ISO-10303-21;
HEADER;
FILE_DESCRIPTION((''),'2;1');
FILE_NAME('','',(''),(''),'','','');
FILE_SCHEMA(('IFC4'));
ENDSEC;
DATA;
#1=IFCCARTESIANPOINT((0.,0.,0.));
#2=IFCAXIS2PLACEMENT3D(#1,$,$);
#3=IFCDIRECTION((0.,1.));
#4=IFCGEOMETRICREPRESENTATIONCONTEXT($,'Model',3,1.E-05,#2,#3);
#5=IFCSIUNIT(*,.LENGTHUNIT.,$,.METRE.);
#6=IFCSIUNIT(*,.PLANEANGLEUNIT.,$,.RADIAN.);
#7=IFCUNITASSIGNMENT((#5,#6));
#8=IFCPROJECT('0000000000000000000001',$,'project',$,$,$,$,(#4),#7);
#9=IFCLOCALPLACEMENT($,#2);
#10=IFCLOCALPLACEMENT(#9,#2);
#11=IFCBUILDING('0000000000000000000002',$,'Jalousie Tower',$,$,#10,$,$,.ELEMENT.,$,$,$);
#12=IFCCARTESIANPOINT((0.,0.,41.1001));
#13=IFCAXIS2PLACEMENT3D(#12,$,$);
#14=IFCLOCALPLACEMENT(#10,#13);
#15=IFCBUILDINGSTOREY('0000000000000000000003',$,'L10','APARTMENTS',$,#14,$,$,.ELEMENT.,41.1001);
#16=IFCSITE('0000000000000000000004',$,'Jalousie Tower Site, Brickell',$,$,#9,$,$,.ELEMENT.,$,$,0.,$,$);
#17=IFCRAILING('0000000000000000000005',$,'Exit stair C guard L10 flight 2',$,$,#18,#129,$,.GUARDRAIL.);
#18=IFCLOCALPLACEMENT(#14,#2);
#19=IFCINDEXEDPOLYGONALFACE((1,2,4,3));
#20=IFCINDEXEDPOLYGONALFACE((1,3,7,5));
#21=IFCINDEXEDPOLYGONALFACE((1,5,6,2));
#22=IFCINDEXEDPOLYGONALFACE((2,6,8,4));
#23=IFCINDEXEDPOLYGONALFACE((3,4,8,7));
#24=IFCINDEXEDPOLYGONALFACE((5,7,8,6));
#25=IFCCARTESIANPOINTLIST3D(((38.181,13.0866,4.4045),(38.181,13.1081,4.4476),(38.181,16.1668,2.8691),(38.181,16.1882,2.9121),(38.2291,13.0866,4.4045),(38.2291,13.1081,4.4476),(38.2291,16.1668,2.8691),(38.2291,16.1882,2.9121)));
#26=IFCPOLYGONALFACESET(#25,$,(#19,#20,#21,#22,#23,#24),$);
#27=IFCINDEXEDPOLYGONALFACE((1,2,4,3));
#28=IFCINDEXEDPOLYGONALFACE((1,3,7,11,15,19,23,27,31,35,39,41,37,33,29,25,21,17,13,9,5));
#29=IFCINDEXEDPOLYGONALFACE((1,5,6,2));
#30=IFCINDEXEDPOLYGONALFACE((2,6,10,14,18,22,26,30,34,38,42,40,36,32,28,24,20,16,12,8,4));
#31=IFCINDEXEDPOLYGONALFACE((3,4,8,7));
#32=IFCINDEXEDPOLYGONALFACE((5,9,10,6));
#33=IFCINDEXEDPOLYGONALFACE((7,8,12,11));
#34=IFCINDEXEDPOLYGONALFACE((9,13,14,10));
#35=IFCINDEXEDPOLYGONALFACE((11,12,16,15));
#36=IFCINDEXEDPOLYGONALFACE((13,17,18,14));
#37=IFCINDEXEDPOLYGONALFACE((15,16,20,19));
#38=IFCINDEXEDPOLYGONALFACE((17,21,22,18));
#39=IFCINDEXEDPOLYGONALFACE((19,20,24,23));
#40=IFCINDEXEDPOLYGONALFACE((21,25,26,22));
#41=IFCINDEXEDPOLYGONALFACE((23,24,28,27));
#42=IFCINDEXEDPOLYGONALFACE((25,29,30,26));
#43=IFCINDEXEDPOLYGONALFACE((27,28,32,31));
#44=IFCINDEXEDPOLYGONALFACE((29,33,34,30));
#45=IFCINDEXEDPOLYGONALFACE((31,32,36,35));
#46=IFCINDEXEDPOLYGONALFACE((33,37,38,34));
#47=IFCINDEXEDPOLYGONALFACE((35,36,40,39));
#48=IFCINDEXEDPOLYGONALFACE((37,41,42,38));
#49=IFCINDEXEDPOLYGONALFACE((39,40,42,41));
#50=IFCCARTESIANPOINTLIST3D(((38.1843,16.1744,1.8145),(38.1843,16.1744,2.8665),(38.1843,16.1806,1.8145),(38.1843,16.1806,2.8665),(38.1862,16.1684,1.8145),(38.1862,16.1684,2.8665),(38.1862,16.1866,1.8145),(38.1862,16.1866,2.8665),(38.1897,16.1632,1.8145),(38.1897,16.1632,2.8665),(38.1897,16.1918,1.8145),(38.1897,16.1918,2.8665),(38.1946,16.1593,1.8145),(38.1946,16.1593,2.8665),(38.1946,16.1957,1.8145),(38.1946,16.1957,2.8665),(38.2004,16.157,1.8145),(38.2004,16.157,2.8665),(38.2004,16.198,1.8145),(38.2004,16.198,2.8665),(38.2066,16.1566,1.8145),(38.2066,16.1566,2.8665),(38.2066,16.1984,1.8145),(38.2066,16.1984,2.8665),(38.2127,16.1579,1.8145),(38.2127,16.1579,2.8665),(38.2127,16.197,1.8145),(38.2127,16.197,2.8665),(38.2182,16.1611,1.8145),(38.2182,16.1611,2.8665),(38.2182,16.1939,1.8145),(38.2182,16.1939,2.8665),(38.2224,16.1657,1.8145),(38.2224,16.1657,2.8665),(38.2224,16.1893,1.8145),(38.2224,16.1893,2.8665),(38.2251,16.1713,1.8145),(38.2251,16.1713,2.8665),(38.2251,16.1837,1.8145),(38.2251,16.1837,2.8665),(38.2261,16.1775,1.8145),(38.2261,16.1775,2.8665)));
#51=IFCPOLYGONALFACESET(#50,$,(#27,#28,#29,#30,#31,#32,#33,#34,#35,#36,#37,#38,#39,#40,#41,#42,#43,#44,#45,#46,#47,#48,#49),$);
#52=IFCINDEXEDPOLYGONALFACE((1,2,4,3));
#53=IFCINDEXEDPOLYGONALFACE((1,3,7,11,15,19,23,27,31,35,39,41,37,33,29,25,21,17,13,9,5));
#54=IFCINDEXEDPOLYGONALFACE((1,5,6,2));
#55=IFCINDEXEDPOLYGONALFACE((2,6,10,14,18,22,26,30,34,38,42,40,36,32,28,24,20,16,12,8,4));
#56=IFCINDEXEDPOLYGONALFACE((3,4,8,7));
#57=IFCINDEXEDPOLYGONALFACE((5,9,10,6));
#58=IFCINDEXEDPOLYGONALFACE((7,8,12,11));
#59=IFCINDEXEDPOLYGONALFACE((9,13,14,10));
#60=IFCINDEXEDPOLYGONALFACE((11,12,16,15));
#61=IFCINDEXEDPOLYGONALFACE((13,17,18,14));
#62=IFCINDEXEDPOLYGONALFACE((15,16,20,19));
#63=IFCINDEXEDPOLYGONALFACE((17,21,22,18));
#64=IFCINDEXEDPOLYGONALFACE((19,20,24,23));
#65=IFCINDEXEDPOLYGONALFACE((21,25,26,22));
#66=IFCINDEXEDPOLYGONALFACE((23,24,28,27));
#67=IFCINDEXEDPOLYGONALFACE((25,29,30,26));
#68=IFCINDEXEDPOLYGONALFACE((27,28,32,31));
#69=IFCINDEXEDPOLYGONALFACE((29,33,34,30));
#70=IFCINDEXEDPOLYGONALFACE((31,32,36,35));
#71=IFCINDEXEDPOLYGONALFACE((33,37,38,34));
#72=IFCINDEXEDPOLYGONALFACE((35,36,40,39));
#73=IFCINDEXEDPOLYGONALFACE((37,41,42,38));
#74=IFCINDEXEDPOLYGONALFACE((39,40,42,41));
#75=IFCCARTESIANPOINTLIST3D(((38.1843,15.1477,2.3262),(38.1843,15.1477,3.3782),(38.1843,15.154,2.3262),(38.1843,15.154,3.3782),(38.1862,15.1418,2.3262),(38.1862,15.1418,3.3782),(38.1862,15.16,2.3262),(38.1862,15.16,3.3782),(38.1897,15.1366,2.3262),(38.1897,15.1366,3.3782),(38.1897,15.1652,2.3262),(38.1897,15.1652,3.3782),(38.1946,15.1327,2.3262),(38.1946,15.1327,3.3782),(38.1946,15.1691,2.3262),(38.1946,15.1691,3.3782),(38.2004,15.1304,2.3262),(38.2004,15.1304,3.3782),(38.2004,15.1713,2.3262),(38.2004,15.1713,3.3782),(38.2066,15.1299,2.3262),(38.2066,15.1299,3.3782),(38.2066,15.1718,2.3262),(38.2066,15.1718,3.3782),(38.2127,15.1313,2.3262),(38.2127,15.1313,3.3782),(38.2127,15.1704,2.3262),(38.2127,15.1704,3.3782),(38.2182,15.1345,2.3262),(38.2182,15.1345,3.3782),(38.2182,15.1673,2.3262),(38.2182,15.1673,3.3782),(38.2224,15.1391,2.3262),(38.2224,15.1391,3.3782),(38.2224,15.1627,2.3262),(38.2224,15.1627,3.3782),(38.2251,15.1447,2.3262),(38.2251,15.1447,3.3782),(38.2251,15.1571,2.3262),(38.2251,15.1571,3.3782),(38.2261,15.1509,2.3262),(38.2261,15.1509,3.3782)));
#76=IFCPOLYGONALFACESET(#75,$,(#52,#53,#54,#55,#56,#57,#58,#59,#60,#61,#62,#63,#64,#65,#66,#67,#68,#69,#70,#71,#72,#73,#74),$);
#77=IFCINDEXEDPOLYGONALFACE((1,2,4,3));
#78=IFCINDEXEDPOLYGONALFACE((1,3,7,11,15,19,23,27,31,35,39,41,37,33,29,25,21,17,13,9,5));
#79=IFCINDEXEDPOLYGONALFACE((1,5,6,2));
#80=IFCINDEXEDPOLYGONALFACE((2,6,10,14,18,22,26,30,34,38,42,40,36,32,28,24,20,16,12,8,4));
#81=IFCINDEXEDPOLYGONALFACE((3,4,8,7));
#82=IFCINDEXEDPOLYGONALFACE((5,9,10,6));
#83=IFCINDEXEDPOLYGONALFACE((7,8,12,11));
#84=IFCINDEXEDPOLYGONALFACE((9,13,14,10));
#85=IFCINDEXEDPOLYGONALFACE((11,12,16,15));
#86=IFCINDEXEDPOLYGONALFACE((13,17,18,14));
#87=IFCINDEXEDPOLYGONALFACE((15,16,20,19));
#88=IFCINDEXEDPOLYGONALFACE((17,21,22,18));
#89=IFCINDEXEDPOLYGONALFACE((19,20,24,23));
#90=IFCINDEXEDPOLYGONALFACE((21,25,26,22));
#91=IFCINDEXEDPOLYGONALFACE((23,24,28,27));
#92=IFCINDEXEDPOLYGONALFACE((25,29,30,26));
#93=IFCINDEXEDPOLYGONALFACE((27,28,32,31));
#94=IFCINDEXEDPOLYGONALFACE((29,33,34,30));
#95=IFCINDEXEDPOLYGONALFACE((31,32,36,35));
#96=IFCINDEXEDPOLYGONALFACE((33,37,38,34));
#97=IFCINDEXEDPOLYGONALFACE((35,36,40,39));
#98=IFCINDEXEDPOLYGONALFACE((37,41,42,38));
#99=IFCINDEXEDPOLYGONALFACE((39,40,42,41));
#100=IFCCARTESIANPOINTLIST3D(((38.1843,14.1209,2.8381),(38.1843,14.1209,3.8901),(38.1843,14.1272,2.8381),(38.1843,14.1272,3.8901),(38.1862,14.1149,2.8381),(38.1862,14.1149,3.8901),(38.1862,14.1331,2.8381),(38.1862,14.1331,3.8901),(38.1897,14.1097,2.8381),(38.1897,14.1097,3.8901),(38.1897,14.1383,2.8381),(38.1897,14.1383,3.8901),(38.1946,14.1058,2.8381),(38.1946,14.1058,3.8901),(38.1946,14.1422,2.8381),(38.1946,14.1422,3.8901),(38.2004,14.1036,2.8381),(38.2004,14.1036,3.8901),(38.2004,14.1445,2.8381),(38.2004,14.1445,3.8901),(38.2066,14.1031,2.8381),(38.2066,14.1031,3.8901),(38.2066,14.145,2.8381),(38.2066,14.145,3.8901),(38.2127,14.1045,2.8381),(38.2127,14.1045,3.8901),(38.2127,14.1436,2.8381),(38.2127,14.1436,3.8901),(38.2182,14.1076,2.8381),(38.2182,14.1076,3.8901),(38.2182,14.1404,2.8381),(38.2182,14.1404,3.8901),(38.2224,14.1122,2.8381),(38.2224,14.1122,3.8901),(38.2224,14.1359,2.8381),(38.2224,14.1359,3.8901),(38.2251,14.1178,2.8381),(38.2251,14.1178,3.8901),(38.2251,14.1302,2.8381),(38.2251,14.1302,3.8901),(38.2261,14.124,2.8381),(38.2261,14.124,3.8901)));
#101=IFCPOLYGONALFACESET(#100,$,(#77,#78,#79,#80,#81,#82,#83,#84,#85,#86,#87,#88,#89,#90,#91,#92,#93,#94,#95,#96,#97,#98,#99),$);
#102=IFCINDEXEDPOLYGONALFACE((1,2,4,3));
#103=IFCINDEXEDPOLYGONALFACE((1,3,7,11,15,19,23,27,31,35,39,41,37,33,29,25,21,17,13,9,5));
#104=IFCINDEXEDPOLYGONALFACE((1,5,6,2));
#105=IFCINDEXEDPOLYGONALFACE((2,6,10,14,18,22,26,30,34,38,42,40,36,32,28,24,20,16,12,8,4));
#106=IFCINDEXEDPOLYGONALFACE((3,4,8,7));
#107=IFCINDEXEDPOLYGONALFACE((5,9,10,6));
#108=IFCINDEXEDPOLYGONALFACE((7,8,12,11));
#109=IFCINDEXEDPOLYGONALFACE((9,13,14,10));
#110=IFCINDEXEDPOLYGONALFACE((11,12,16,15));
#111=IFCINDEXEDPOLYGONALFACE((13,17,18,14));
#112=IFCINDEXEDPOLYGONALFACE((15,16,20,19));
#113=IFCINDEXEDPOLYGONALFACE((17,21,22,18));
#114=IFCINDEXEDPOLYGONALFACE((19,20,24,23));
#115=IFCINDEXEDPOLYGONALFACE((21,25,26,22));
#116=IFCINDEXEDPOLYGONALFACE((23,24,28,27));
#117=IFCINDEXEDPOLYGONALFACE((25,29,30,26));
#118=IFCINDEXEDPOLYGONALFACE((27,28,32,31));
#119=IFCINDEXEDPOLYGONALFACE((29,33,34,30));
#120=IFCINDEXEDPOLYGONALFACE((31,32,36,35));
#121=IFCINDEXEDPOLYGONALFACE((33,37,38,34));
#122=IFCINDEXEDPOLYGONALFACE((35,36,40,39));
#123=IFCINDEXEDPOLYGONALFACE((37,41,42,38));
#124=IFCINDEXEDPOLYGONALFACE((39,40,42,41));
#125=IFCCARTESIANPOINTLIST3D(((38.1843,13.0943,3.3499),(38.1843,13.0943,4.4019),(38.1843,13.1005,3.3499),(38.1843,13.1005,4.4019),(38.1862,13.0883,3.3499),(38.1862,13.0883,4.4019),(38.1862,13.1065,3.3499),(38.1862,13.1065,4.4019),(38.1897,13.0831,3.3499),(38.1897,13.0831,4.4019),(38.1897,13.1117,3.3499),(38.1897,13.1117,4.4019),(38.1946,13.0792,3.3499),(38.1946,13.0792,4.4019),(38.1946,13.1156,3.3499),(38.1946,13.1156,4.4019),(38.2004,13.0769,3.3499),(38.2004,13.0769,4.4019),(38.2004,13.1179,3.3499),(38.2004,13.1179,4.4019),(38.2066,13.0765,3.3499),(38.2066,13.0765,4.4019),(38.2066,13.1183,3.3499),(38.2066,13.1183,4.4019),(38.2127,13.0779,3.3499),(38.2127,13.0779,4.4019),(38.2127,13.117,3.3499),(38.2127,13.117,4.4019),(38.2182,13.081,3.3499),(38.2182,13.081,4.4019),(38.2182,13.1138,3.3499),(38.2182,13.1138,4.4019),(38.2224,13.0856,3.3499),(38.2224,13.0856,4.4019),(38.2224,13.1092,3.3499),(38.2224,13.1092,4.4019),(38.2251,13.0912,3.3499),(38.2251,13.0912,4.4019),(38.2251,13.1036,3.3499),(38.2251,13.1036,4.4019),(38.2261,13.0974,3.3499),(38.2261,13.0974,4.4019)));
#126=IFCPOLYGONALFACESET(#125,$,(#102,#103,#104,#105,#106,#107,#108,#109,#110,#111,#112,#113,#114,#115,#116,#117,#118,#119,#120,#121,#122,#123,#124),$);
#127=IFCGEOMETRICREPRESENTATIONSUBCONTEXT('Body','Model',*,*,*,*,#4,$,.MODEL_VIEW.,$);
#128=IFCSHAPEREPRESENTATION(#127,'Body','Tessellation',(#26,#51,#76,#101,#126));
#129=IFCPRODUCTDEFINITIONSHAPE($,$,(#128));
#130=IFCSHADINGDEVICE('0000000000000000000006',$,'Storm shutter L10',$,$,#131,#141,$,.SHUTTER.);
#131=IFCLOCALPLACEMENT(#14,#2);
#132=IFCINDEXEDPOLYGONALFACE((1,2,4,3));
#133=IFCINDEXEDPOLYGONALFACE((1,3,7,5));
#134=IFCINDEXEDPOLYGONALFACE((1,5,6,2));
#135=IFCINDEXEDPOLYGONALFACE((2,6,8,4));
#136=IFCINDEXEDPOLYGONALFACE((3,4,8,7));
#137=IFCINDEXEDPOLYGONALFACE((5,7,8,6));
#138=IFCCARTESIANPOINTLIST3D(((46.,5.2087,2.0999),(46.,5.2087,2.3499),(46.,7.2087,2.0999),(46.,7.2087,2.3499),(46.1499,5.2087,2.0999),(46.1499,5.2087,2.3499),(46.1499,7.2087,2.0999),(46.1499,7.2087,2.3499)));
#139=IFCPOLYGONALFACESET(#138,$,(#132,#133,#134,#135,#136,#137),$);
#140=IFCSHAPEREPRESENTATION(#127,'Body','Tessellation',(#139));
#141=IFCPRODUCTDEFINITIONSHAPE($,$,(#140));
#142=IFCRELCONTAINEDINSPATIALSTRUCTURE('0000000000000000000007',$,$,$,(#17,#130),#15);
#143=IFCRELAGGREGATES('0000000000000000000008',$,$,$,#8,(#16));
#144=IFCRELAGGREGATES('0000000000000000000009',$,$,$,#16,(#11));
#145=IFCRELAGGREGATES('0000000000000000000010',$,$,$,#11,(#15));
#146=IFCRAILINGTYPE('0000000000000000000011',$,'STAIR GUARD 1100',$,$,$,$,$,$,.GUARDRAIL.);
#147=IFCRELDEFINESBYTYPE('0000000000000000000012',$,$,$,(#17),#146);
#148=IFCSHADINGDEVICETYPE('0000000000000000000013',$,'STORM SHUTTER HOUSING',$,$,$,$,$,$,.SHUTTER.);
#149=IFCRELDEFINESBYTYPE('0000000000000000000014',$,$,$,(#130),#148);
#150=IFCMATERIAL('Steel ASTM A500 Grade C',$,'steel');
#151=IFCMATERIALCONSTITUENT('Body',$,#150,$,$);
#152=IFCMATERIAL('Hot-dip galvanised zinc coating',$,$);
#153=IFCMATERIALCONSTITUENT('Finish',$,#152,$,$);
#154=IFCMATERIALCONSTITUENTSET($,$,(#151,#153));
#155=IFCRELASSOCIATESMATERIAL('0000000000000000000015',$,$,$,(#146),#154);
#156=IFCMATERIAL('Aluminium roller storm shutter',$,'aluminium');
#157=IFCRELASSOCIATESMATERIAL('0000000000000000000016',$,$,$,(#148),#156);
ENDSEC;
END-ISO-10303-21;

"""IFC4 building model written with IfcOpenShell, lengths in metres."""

from ifc_helpers import new_model, si_unit, direction, frame, origin, origin_2d, place, context, subcontext, project, spatial, rectangle, circle, extrude, material, constituent, constituent_set, type_object, element, save


model = new_model("IFC4")

# Units and contexts
model_context = context("Model", 3, precision=1e-05, world=origin(), true_north=direction((0.0, 1.0)))
body_context = subcontext(model_context, "Body", "Model", "MODEL_VIEW")
ifc_project = project(units=[si_unit("LENGTHUNIT", "METRE"), si_unit("PLANEANGLEUNIT", "RADIAN")], contexts=[model_context])

# Site, building, storey
site_placement = place(None, origin())
site = spatial("IfcSite", under=ifc_project, at=site_placement, Name="Jalousie Tower Site, Brickell", CompositionType="ELEMENT", RefElevation=0.0)
building_placement = place(site_placement, origin())
building = spatial("IfcBuilding", under=site, at=building_placement, Name="Jalousie Tower", CompositionType="ELEMENT")
storey_placement = place(building_placement, frame((0.0, 0.0, 41.1001)))
storey = spatial("IfcBuildingStorey", under=building, at=storey_placement, Name="L10", Description="APARTMENTS", CompositionType="ELEMENT", Elevation=41.1001)

# Railing
ifc_material_1 = material(Name="Steel ASTM A500 Grade C", Category="steel")
ifc_constituent_1 = constituent(ifc_material_1, Name="Body")
ifc_material_2 = material(Name="Hot-dip galvanised zinc coating")
ifc_constituent_2 = constituent(ifc_material_2, Name="Finish")
ifc_constituent_set_1 = constituent_set(constituents=[ifc_constituent_1, ifc_constituent_2])
railing_type = type_object("IfcRailingType", Name="STAIR GUARD 1100", PredefinedType="GUARDRAIL", material=ifc_constituent_set_1)
railing_1_placement = place(storey_placement, frame((38.2051, 16.1775, 1.8145)))
element("IfcRailing", 1, at=railing_1_placement, inside=storey, type_object=railing_type, Name="Exit stair C guard L10 flight 2", PredefinedType="GUARDRAIL", context=body_context, shape_type="SweptSolid", body=[
    extrude(rectangle(XDim=0.0481, YDim=0.0481, at=origin_2d()), frame((0.0, 0.0, 1.0762), z_axis=(0.0, -0.894966, 0.446135), x_axis=(1.0, 0.0, 0.0)), (0.0, 0.0, 1.0), 3.4417),
    extrude(circle(Radius=0.021, at=origin_2d()), origin(), (0.0, 0.0, 1.0), 1.052),
    extrude(circle(Radius=0.021, at=origin_2d()), frame((0.0, -1.0266, 0.5117)), (0.0, 0.0, 1.0), 1.052),
    extrude(circle(Radius=0.021, at=origin_2d()), frame((0.0, -2.0535, 1.0237)), (0.0, 0.0, 1.0), 1.052),
    extrude(circle(Radius=0.021, at=origin_2d()), frame((0.0, -3.0801, 1.5354)), (0.0, 0.0, 1.0), 1.052),
])

# Shading device
ifc_material_3 = material(Name="Aluminium roller storm shutter", Category="aluminium")
shading_device_type = type_object("IfcShadingDeviceType", Name="STORM SHUTTER HOUSING", PredefinedType="SHUTTER", material=ifc_material_3)
shading_device_placement = place(storey_placement, frame((46.075, 6.2087, 2.0999), z_axis=(0.0, 0.0, 1.0), x_axis=(0.0, 1.0, 0.0)))
element("IfcShadingDevice", 2, at=shading_device_placement, inside=storey, type_object=shading_device_type, Name="Storm shutter L10", PredefinedType="SHUTTER", context=body_context, shape_type="SweptSolid", body=[
    extrude(rectangle(XDim=2.0, YDim=0.1499, at=origin_2d()), origin(), (0.0, 0.0, 1.0), 0.25),
])

save(model, "model.ifc")
